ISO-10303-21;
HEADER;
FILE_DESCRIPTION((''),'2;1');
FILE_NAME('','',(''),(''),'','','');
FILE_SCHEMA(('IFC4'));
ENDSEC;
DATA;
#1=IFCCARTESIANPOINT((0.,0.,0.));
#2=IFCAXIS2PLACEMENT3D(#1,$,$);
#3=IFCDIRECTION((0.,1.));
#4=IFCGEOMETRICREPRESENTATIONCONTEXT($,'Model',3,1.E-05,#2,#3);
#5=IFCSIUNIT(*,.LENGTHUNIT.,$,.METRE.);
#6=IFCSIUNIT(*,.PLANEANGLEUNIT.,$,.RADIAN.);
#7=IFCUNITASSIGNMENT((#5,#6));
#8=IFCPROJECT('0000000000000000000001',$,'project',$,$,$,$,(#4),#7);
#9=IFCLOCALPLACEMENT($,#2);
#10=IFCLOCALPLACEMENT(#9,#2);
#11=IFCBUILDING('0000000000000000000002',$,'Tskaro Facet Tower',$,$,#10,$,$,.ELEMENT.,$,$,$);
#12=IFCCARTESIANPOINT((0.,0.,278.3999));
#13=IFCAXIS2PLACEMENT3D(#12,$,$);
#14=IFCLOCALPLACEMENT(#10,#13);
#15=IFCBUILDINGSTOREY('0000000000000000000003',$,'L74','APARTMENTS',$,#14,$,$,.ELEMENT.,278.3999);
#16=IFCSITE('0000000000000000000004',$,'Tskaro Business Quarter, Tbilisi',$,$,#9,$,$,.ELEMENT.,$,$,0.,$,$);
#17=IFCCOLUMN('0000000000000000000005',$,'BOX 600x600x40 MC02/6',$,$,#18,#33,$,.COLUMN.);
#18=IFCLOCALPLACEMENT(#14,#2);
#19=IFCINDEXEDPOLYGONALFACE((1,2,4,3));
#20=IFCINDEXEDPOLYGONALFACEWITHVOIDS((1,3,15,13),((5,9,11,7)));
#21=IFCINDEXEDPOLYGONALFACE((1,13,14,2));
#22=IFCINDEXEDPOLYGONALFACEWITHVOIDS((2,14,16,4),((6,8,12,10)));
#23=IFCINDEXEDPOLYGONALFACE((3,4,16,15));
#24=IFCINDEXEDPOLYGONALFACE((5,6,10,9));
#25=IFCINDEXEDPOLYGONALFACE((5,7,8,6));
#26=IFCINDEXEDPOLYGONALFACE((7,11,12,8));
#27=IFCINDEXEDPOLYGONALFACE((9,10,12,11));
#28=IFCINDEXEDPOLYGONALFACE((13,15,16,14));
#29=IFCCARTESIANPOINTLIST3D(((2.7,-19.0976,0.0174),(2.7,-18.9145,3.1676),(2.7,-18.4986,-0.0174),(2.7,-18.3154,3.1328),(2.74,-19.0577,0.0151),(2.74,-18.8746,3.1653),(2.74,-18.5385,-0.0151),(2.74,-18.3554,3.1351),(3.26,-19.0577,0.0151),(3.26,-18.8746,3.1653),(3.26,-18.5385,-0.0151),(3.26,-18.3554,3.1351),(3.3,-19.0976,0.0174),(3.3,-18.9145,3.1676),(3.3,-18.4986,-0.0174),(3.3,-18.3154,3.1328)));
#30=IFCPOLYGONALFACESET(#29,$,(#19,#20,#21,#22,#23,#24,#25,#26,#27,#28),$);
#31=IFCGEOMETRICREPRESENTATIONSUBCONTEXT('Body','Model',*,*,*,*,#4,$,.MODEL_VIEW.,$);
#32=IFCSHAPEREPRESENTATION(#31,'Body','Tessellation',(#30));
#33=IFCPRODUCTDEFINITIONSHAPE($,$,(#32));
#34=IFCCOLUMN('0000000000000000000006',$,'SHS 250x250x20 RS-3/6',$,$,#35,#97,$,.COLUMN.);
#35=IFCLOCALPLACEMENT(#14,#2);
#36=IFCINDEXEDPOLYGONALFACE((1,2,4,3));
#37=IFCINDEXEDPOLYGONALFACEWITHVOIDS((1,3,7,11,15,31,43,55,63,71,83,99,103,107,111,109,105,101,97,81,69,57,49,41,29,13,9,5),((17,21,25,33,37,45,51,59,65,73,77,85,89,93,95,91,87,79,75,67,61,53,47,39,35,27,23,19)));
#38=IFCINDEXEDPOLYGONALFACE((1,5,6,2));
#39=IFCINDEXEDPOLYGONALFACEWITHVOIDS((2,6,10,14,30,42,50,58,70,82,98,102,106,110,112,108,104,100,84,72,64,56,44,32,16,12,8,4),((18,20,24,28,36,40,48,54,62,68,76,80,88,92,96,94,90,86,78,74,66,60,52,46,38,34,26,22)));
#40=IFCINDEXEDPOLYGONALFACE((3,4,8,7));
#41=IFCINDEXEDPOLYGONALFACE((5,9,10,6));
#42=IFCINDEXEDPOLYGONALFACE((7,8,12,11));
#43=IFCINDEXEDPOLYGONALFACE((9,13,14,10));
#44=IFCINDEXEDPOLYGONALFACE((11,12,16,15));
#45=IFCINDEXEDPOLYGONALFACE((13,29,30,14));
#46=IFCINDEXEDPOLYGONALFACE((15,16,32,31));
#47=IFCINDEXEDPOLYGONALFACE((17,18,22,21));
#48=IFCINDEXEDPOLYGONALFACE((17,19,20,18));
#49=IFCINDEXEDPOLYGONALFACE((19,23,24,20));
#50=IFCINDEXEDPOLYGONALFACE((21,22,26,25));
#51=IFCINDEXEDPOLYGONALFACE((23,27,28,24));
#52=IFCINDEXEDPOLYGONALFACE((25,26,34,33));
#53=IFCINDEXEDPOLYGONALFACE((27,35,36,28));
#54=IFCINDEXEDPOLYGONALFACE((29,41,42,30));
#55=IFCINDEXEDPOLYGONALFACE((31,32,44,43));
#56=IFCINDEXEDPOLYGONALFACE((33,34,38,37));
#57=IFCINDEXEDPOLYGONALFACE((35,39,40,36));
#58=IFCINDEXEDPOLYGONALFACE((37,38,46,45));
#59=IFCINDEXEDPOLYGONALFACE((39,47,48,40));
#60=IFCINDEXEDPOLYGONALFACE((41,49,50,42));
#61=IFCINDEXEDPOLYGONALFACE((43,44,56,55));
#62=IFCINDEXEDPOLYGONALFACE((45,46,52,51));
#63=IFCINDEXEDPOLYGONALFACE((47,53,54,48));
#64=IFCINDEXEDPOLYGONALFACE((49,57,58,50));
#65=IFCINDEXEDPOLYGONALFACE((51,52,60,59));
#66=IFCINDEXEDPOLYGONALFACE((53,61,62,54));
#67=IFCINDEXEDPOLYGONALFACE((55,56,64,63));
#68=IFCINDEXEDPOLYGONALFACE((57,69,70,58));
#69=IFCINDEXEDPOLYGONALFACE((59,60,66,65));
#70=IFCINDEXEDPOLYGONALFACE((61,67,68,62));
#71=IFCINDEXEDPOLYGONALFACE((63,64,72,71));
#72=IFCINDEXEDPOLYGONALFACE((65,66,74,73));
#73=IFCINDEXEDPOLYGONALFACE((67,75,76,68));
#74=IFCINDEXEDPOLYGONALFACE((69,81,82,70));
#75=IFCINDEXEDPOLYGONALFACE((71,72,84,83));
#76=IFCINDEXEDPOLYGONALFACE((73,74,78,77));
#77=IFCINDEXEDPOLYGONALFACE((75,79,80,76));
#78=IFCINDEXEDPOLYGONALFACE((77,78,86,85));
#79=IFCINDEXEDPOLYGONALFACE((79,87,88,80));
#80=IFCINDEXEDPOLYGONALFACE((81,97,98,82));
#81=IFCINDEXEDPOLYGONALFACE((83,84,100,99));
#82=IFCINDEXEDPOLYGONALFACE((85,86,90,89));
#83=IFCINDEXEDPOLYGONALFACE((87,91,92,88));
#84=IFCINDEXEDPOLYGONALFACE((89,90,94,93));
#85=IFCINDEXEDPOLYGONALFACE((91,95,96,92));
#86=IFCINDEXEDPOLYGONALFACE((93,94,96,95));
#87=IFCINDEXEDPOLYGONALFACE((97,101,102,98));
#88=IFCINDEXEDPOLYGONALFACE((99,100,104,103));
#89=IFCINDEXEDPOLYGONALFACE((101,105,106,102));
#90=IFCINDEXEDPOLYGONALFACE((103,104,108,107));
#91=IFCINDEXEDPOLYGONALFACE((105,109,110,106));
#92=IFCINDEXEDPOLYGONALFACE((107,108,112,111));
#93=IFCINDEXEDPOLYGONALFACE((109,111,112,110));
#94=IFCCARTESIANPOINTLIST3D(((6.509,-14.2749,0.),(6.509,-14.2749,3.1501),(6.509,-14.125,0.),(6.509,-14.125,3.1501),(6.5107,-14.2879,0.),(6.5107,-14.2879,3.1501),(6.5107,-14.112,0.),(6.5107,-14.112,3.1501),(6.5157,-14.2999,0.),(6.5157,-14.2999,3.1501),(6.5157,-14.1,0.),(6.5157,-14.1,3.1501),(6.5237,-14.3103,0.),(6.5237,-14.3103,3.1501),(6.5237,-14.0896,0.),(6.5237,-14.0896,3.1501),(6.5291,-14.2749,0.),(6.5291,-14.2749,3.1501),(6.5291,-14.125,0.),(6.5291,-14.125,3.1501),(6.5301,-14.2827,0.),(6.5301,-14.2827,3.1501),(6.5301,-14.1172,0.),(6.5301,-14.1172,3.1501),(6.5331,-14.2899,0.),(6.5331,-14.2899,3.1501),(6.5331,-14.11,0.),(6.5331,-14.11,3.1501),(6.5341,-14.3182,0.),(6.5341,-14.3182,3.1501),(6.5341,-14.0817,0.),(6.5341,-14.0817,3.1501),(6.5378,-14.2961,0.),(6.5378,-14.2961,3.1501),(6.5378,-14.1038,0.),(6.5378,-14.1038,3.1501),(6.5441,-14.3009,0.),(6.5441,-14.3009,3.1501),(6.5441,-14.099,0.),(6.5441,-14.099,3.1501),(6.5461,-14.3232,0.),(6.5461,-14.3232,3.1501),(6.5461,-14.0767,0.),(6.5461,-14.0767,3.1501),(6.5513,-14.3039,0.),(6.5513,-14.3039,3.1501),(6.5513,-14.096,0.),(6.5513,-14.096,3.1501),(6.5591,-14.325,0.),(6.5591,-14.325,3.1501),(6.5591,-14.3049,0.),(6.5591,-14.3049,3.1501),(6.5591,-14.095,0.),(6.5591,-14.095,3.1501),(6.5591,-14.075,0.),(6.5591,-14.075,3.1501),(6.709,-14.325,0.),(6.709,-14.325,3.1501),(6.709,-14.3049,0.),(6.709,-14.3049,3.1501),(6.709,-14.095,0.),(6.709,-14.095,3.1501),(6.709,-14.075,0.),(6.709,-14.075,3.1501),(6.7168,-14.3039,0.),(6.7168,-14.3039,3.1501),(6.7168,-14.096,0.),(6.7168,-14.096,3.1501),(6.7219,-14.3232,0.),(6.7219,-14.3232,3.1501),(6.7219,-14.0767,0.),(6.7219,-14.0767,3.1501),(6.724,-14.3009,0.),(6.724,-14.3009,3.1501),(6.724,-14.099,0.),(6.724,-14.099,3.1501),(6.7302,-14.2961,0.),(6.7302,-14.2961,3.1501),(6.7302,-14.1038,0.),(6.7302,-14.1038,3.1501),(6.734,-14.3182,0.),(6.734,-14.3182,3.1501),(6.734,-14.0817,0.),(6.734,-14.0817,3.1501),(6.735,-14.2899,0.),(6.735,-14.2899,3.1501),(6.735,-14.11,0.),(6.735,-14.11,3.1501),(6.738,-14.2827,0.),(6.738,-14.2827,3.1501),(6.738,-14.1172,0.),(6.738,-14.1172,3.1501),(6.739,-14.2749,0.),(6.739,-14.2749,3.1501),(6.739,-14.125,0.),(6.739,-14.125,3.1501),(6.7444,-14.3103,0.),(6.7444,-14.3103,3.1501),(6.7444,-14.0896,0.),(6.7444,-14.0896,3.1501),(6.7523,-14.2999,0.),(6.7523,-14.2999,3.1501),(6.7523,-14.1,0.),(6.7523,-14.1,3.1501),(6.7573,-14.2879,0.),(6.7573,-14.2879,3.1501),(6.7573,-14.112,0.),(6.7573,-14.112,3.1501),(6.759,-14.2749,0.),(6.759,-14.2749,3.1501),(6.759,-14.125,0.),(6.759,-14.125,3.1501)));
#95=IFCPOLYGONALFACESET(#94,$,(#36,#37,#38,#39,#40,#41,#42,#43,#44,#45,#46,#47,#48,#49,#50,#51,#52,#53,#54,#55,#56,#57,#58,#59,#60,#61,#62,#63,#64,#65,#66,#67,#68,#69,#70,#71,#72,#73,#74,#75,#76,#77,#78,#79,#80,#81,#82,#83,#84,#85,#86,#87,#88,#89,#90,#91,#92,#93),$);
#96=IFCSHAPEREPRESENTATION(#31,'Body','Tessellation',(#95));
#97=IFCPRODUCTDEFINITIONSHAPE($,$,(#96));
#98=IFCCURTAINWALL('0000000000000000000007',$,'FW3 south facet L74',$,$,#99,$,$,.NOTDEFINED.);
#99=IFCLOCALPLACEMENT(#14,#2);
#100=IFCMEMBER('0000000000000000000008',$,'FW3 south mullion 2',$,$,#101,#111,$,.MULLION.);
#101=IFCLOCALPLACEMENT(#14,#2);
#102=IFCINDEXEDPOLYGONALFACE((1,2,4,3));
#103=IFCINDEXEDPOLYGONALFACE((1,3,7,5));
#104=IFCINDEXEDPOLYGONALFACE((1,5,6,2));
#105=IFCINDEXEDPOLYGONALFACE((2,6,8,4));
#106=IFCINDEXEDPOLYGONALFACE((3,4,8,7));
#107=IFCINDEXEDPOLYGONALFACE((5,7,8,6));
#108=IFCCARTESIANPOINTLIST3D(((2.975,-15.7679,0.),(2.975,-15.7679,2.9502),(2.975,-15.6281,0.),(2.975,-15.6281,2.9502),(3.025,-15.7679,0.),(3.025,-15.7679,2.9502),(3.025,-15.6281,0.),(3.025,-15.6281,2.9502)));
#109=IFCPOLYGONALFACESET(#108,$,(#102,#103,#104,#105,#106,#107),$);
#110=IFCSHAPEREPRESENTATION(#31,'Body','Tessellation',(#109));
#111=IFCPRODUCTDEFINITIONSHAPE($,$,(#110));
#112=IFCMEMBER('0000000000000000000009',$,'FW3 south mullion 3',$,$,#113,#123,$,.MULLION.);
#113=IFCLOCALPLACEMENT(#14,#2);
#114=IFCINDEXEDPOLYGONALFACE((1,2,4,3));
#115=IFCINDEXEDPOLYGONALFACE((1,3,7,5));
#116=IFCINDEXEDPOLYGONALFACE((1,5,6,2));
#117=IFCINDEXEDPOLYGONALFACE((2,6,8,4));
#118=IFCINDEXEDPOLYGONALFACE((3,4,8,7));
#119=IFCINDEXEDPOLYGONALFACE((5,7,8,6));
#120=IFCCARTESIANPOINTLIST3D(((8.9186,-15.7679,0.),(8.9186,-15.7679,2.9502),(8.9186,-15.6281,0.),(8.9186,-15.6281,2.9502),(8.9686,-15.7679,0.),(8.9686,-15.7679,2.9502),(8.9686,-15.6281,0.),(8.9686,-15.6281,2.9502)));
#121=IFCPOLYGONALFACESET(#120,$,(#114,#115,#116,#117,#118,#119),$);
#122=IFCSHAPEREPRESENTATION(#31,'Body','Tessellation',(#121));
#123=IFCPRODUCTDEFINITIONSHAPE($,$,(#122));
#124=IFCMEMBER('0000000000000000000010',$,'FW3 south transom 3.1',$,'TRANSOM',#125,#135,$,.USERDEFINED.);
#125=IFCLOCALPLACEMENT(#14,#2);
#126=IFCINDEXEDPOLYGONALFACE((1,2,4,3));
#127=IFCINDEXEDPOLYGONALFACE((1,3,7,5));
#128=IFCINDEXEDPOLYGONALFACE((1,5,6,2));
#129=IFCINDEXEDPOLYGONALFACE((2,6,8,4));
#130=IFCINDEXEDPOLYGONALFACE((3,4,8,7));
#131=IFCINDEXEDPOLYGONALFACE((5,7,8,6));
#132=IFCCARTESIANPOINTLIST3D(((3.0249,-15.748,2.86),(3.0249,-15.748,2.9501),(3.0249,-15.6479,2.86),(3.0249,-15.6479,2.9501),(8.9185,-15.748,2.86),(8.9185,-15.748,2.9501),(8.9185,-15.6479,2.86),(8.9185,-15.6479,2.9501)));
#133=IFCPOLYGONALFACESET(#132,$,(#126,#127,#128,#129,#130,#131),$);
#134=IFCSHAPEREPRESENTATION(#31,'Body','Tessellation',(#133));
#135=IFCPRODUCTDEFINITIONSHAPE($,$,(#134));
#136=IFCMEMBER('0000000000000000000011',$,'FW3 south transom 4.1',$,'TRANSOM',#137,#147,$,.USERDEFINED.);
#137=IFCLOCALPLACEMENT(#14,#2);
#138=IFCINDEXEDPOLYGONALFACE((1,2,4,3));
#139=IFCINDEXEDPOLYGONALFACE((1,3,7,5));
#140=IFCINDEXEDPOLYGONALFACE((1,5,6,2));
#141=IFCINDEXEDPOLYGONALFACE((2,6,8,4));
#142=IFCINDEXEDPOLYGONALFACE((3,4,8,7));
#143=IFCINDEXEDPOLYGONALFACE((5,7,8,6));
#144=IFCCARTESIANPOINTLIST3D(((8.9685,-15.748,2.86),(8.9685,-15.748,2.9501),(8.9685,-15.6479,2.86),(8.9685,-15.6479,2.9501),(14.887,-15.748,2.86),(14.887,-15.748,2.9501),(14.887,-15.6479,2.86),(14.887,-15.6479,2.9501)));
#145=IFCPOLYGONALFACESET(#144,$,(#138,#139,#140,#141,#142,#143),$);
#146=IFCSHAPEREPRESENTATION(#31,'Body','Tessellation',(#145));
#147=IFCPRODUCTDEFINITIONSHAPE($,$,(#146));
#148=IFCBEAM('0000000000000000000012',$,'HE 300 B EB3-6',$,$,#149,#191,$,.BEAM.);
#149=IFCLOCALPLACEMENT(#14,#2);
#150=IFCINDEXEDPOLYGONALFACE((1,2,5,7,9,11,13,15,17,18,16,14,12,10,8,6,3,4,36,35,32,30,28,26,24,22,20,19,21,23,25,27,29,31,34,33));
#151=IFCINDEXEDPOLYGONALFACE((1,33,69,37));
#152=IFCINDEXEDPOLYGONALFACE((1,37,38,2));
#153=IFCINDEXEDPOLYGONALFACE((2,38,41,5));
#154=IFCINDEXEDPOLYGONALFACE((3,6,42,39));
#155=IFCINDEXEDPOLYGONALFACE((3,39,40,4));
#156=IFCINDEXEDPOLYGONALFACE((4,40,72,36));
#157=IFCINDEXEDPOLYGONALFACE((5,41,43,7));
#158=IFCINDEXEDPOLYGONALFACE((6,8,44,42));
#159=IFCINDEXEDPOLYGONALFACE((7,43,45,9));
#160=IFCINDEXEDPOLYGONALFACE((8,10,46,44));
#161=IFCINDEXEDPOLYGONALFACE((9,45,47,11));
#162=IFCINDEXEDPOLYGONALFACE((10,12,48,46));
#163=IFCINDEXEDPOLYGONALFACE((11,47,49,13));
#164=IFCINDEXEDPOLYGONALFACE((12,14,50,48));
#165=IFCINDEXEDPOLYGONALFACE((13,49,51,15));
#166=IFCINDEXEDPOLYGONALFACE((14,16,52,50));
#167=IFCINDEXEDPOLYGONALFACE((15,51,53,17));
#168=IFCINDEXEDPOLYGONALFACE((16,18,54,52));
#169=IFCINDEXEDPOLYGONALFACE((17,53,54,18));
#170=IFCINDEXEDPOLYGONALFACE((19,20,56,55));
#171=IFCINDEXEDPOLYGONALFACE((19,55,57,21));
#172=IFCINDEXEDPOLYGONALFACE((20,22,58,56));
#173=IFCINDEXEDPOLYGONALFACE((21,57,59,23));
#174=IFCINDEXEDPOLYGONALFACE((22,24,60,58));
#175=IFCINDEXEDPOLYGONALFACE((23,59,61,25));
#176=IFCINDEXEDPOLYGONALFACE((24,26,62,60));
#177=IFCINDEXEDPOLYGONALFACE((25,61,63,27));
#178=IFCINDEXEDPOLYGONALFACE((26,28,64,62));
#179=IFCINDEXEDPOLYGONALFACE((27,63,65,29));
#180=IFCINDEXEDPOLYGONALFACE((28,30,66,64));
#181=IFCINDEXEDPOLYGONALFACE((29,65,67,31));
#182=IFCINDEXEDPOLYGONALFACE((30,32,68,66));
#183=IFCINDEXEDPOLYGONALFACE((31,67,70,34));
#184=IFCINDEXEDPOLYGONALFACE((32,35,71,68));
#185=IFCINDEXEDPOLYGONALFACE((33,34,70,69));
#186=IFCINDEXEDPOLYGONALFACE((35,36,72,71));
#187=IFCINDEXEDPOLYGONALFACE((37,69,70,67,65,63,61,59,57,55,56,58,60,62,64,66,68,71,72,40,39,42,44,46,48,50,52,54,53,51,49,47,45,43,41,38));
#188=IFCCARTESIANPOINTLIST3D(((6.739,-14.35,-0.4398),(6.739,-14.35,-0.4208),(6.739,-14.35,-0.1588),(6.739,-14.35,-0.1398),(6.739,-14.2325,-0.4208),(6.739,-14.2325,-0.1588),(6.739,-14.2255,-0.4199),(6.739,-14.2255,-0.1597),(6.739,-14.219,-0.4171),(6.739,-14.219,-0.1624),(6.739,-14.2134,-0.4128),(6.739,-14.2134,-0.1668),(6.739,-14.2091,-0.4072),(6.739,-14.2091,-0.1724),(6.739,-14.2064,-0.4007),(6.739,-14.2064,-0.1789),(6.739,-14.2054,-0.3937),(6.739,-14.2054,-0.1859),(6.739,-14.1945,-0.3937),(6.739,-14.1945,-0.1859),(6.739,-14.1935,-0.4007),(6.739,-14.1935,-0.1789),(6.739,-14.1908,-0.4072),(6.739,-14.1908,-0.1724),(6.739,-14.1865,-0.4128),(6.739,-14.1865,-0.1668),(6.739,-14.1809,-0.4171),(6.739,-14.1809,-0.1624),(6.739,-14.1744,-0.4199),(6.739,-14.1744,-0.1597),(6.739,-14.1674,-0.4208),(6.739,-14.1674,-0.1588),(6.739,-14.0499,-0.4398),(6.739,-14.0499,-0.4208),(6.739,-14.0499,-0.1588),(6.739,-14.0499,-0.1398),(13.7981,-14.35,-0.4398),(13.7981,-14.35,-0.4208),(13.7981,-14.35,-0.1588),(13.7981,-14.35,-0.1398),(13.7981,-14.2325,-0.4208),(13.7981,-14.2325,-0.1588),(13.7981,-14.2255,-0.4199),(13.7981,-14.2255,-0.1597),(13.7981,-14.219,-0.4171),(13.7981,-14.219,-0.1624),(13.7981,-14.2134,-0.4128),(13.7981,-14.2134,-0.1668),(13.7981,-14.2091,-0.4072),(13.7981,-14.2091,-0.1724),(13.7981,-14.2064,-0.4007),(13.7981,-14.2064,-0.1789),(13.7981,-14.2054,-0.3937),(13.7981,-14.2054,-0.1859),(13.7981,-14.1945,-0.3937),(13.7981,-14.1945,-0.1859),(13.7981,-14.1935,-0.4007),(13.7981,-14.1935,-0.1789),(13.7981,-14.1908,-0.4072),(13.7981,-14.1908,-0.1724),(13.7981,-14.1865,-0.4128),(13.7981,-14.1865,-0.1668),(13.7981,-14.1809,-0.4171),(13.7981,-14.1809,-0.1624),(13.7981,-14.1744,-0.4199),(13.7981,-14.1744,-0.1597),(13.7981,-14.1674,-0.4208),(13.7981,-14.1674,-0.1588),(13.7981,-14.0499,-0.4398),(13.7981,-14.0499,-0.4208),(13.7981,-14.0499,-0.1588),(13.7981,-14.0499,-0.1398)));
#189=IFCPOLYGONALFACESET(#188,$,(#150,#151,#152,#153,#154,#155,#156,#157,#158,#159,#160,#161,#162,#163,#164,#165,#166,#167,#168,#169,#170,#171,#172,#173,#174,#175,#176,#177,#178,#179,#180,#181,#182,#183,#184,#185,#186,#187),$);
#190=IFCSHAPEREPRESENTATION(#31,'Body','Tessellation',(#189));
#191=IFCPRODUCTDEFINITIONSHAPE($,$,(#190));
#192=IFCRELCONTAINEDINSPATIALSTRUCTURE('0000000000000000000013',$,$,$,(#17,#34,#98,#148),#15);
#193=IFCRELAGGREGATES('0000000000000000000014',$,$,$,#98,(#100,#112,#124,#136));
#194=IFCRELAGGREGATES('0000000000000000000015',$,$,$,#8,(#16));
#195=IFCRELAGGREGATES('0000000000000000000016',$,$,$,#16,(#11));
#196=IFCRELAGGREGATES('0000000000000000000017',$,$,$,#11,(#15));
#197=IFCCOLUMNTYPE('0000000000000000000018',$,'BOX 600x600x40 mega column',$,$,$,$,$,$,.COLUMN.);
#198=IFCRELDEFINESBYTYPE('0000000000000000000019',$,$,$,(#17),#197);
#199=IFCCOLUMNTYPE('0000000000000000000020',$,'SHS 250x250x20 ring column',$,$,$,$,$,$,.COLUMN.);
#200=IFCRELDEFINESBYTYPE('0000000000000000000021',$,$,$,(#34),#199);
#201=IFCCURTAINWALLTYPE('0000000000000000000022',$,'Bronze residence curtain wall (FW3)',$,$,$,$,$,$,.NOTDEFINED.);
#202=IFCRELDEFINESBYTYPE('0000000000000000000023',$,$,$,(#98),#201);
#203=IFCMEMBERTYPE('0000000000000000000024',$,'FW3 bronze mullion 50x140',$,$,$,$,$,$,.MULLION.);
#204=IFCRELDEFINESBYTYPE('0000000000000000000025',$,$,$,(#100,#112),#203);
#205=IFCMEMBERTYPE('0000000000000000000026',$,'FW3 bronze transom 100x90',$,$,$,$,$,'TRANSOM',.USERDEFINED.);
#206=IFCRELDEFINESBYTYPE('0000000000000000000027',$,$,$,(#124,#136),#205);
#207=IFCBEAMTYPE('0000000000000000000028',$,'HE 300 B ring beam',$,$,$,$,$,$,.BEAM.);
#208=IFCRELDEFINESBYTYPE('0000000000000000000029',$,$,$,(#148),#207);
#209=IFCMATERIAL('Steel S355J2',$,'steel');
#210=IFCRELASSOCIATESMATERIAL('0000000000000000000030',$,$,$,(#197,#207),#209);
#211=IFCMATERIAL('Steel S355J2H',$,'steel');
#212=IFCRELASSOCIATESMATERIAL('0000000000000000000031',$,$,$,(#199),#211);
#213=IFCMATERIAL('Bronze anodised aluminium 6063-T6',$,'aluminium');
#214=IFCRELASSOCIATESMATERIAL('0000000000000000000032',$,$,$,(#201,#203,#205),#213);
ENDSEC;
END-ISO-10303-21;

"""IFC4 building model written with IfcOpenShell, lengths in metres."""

from ifc_helpers import new_model, si_unit, direction, frame, origin, origin_2d, place, context, subcontext, project, spatial, rectangle, hollow_rectangle, i_section, extrude, material, material_profile, profile_set, type_object, element, aggregate, save


model = new_model("IFC4")

# Units and contexts
model_context = context("Model", 3, precision=1e-05, world=origin(), true_north=direction((0.0, 1.0)))
body_context = subcontext(model_context, "Body", "Model", "MODEL_VIEW")
ifc_project = project(units=[si_unit("LENGTHUNIT", "METRE"), si_unit("PLANEANGLEUNIT", "RADIAN")], contexts=[model_context])

# Site, building, storey
site_placement = place(None, origin())
site = spatial("IfcSite", under=ifc_project, at=site_placement, Name="Tskaro Business Quarter, Tbilisi", CompositionType="ELEMENT", RefElevation=0.0)
building_placement = place(site_placement, origin())
building = spatial("IfcBuilding", under=site, at=building_placement, Name="Tskaro Facet Tower", CompositionType="ELEMENT")
storey_placement = place(building_placement, frame((0.0, 0.0, 278.3999)))
storey = spatial("IfcBuildingStorey", under=building, at=storey_placement, Name="L74", Description="APARTMENTS", CompositionType="ELEMENT", Elevation=278.3999)

# Columns
ifc_material_1 = material(Name="Steel S355J2", Category="steel")
ifc_material_profile_1 = material_profile(ifc_material_1, hollow_rectangle(XDim=0.6001, YDim=0.6001, WallThickness=0.04, at=origin_2d()), Name="BOX 600x600x40")
ifc_profile_set_1 = profile_set([ifc_material_profile_1], Name="Steel S355J2")
column_type_1 = type_object("IfcColumnType", Name="BOX 600x600x40 mega column", PredefinedType="COLUMN", material=ifc_profile_set_1)
column_1_placement = place(storey_placement, frame((3.0, -18.7981, 0.0), z_axis=(0.0, 0.058028, 0.998315), x_axis=(-1.0, 0.0, 0.0)))
element("IfcColumn", 1, at=column_1_placement, inside=storey, type_object=column_type_1, Name="BOX 600x600x40 MC02/6", PredefinedType="COLUMN", context=body_context, shape_type="SweptSolid", body=[
    extrude(hollow_rectangle(XDim=0.6001, YDim=0.6001, WallThickness=0.04, at=origin_2d()), origin(), (0.0, 0.0, 1.0), 3.1555),
])
ifc_material_2 = material(Name="Steel S355J2H", Category="steel")
ifc_material_profile_2 = material_profile(ifc_material_2, hollow_rectangle(XDim=0.25, YDim=0.25, WallThickness=0.02, InnerFilletRadius=0.03, OuterFilletRadius=0.05, at=origin_2d()), Name="SHS 250x250x20")
ifc_profile_set_2 = profile_set([ifc_material_profile_2], Name="Steel S355J2H")
column_type_2 = type_object("IfcColumnType", Name="SHS 250x250x20 ring column", PredefinedType="COLUMN", material=ifc_profile_set_2)
column_2_placement = place(storey_placement, frame((6.634, -14.2, 0.0), z_axis=(0.0, 0.0, 1.0), x_axis=(1.0, 0.0, 0.0)))
element("IfcColumn", 2, at=column_2_placement, inside=storey, type_object=column_type_2, Name="SHS 250x250x20 RS-3/6", PredefinedType="COLUMN", context=body_context, shape_type="SweptSolid", body=[
    extrude(hollow_rectangle(XDim=0.25, YDim=0.25, WallThickness=0.02, InnerFilletRadius=0.03, OuterFilletRadius=0.05, at=origin_2d()), origin(), (0.0, 0.0, 1.0), 3.1501),
])

# Curtain wall, members
ifc_material_3 = material(Name="Bronze anodised aluminium 6063-T6", Category="aluminium")
curtain_wall_type = type_object("IfcCurtainWallType", Name="Bronze residence curtain wall (FW3)", PredefinedType="NOTDEFINED", material=ifc_material_3)
curtain_wall_placement = place(storey_placement, origin())
curtain_wall = element("IfcCurtainWall", 3, at=curtain_wall_placement, inside=storey, type_object=curtain_wall_type, Name="FW3 south facet L74", PredefinedType="NOTDEFINED")
ifc_material_profile_3 = material_profile(ifc_material_3, rectangle(XDim=0.05, YDim=0.1399, at=origin_2d()), Name="Mullion 50x140")
ifc_profile_set_3 = profile_set([ifc_material_profile_3], Name="Bronze anodised aluminium 6063-T6")
member_type_1 = type_object("IfcMemberType", Name="FW3 bronze mullion 50x140", PredefinedType="MULLION", material=ifc_profile_set_3)
member_1_placement = place(storey_placement, frame((3.0, -15.698, 0.0), z_axis=(0.0, 0.0, 1.0), x_axis=(1.0, 0.0, 0.0)))
member_1 = element("IfcMember", 4, at=member_1_placement, type_object=member_type_1, Name="FW3 south mullion 2", PredefinedType="MULLION", context=body_context, shape_type="SweptSolid", body=[
    extrude(rectangle(XDim=0.05, YDim=0.1399, at=origin_2d()), origin(), (0.0, 0.0, 1.0), 2.9502),
])
member_2_placement = place(storey_placement, frame((8.9436, -15.698, 0.0), z_axis=(0.0, 0.0, 1.0), x_axis=(1.0, 0.0, 0.0)))
member_2 = element("IfcMember", 5, at=member_2_placement, type_object=member_type_1, Name="FW3 south mullion 3", PredefinedType="MULLION", context=body_context, shape_type="SweptSolid", body=[
    extrude(rectangle(XDim=0.05, YDim=0.1399, at=origin_2d()), origin(), (0.0, 0.0, 1.0), 2.9502),
])
ifc_material_profile_4 = material_profile(ifc_material_3, rectangle(XDim=0.1001, YDim=0.0901, at=origin_2d()), Name="Transom 100x90")
ifc_profile_set_4 = profile_set([ifc_material_profile_4], Name="Bronze anodised aluminium 6063-T6")
member_type_2 = type_object("IfcMemberType", Name="FW3 bronze transom 100x90", ElementType="TRANSOM", PredefinedType="USERDEFINED", material=ifc_profile_set_4)
member_3_placement = place(storey_placement, frame((3.0249, -15.698, 2.905), z_axis=(1.0, 0.0, 0.0), x_axis=(0.0, 1.0, 0.0)))
member_3 = element("IfcMember", 6, at=member_3_placement, type_object=member_type_2, Name="FW3 south transom 3.1", ObjectType="TRANSOM", PredefinedType="USERDEFINED", context=body_context, shape_type="SweptSolid", body=[
    extrude(rectangle(XDim=0.1001, YDim=0.0901, at=origin_2d()), origin(), (0.0, 0.0, 1.0), 5.8936),
])
member_4_placement = place(storey_placement, frame((8.9685, -15.698, 2.905), z_axis=(1.0, 0.0, 0.0), x_axis=(0.0, 1.0, 0.0)))
member_4 = element("IfcMember", 7, at=member_4_placement, type_object=member_type_2, Name="FW3 south transom 4.1", ObjectType="TRANSOM", PredefinedType="USERDEFINED", context=body_context, shape_type="SweptSolid", body=[
    extrude(rectangle(XDim=0.1001, YDim=0.0901, at=origin_2d()), origin(), (0.0, 0.0, 1.0), 5.9185),
])

# Beam
ifc_material_profile_5 = material_profile(ifc_material_1, i_section(OverallWidth=0.3, OverallDepth=0.3, WebThickness=0.011, FlangeThickness=0.019, FilletRadius=0.0271, at=origin_2d()), Name="HE 300 B")
ifc_profile_set_5 = profile_set([ifc_material_profile_5], Name="Steel S355J2")
beam_type_1 = type_object("IfcBeamType", Name="HE 300 B ring beam", PredefinedType="BEAM", material=ifc_profile_set_5)
beam_1_placement = place(storey_placement, frame((6.739, -14.2, -0.2898), z_axis=(1.0, 0.0, 0.0), x_axis=(0.0, 1.0, 0.0)))
element("IfcBeam", 8, at=beam_1_placement, inside=storey, type_object=beam_type_1, Name="HE 300 B EB3-6", PredefinedType="BEAM", context=body_context, shape_type="SweptSolid", body=[
    extrude(i_section(OverallWidth=0.3, OverallDepth=0.3, WebThickness=0.011, FlangeThickness=0.019, FilletRadius=0.0271, at=origin_2d()), origin(), (0.0, 0.0, 1.0), 7.0591),
])

aggregate(curtain_wall, [member_1, member_2, member_3, member_4])

save(model, "model.ifc")
